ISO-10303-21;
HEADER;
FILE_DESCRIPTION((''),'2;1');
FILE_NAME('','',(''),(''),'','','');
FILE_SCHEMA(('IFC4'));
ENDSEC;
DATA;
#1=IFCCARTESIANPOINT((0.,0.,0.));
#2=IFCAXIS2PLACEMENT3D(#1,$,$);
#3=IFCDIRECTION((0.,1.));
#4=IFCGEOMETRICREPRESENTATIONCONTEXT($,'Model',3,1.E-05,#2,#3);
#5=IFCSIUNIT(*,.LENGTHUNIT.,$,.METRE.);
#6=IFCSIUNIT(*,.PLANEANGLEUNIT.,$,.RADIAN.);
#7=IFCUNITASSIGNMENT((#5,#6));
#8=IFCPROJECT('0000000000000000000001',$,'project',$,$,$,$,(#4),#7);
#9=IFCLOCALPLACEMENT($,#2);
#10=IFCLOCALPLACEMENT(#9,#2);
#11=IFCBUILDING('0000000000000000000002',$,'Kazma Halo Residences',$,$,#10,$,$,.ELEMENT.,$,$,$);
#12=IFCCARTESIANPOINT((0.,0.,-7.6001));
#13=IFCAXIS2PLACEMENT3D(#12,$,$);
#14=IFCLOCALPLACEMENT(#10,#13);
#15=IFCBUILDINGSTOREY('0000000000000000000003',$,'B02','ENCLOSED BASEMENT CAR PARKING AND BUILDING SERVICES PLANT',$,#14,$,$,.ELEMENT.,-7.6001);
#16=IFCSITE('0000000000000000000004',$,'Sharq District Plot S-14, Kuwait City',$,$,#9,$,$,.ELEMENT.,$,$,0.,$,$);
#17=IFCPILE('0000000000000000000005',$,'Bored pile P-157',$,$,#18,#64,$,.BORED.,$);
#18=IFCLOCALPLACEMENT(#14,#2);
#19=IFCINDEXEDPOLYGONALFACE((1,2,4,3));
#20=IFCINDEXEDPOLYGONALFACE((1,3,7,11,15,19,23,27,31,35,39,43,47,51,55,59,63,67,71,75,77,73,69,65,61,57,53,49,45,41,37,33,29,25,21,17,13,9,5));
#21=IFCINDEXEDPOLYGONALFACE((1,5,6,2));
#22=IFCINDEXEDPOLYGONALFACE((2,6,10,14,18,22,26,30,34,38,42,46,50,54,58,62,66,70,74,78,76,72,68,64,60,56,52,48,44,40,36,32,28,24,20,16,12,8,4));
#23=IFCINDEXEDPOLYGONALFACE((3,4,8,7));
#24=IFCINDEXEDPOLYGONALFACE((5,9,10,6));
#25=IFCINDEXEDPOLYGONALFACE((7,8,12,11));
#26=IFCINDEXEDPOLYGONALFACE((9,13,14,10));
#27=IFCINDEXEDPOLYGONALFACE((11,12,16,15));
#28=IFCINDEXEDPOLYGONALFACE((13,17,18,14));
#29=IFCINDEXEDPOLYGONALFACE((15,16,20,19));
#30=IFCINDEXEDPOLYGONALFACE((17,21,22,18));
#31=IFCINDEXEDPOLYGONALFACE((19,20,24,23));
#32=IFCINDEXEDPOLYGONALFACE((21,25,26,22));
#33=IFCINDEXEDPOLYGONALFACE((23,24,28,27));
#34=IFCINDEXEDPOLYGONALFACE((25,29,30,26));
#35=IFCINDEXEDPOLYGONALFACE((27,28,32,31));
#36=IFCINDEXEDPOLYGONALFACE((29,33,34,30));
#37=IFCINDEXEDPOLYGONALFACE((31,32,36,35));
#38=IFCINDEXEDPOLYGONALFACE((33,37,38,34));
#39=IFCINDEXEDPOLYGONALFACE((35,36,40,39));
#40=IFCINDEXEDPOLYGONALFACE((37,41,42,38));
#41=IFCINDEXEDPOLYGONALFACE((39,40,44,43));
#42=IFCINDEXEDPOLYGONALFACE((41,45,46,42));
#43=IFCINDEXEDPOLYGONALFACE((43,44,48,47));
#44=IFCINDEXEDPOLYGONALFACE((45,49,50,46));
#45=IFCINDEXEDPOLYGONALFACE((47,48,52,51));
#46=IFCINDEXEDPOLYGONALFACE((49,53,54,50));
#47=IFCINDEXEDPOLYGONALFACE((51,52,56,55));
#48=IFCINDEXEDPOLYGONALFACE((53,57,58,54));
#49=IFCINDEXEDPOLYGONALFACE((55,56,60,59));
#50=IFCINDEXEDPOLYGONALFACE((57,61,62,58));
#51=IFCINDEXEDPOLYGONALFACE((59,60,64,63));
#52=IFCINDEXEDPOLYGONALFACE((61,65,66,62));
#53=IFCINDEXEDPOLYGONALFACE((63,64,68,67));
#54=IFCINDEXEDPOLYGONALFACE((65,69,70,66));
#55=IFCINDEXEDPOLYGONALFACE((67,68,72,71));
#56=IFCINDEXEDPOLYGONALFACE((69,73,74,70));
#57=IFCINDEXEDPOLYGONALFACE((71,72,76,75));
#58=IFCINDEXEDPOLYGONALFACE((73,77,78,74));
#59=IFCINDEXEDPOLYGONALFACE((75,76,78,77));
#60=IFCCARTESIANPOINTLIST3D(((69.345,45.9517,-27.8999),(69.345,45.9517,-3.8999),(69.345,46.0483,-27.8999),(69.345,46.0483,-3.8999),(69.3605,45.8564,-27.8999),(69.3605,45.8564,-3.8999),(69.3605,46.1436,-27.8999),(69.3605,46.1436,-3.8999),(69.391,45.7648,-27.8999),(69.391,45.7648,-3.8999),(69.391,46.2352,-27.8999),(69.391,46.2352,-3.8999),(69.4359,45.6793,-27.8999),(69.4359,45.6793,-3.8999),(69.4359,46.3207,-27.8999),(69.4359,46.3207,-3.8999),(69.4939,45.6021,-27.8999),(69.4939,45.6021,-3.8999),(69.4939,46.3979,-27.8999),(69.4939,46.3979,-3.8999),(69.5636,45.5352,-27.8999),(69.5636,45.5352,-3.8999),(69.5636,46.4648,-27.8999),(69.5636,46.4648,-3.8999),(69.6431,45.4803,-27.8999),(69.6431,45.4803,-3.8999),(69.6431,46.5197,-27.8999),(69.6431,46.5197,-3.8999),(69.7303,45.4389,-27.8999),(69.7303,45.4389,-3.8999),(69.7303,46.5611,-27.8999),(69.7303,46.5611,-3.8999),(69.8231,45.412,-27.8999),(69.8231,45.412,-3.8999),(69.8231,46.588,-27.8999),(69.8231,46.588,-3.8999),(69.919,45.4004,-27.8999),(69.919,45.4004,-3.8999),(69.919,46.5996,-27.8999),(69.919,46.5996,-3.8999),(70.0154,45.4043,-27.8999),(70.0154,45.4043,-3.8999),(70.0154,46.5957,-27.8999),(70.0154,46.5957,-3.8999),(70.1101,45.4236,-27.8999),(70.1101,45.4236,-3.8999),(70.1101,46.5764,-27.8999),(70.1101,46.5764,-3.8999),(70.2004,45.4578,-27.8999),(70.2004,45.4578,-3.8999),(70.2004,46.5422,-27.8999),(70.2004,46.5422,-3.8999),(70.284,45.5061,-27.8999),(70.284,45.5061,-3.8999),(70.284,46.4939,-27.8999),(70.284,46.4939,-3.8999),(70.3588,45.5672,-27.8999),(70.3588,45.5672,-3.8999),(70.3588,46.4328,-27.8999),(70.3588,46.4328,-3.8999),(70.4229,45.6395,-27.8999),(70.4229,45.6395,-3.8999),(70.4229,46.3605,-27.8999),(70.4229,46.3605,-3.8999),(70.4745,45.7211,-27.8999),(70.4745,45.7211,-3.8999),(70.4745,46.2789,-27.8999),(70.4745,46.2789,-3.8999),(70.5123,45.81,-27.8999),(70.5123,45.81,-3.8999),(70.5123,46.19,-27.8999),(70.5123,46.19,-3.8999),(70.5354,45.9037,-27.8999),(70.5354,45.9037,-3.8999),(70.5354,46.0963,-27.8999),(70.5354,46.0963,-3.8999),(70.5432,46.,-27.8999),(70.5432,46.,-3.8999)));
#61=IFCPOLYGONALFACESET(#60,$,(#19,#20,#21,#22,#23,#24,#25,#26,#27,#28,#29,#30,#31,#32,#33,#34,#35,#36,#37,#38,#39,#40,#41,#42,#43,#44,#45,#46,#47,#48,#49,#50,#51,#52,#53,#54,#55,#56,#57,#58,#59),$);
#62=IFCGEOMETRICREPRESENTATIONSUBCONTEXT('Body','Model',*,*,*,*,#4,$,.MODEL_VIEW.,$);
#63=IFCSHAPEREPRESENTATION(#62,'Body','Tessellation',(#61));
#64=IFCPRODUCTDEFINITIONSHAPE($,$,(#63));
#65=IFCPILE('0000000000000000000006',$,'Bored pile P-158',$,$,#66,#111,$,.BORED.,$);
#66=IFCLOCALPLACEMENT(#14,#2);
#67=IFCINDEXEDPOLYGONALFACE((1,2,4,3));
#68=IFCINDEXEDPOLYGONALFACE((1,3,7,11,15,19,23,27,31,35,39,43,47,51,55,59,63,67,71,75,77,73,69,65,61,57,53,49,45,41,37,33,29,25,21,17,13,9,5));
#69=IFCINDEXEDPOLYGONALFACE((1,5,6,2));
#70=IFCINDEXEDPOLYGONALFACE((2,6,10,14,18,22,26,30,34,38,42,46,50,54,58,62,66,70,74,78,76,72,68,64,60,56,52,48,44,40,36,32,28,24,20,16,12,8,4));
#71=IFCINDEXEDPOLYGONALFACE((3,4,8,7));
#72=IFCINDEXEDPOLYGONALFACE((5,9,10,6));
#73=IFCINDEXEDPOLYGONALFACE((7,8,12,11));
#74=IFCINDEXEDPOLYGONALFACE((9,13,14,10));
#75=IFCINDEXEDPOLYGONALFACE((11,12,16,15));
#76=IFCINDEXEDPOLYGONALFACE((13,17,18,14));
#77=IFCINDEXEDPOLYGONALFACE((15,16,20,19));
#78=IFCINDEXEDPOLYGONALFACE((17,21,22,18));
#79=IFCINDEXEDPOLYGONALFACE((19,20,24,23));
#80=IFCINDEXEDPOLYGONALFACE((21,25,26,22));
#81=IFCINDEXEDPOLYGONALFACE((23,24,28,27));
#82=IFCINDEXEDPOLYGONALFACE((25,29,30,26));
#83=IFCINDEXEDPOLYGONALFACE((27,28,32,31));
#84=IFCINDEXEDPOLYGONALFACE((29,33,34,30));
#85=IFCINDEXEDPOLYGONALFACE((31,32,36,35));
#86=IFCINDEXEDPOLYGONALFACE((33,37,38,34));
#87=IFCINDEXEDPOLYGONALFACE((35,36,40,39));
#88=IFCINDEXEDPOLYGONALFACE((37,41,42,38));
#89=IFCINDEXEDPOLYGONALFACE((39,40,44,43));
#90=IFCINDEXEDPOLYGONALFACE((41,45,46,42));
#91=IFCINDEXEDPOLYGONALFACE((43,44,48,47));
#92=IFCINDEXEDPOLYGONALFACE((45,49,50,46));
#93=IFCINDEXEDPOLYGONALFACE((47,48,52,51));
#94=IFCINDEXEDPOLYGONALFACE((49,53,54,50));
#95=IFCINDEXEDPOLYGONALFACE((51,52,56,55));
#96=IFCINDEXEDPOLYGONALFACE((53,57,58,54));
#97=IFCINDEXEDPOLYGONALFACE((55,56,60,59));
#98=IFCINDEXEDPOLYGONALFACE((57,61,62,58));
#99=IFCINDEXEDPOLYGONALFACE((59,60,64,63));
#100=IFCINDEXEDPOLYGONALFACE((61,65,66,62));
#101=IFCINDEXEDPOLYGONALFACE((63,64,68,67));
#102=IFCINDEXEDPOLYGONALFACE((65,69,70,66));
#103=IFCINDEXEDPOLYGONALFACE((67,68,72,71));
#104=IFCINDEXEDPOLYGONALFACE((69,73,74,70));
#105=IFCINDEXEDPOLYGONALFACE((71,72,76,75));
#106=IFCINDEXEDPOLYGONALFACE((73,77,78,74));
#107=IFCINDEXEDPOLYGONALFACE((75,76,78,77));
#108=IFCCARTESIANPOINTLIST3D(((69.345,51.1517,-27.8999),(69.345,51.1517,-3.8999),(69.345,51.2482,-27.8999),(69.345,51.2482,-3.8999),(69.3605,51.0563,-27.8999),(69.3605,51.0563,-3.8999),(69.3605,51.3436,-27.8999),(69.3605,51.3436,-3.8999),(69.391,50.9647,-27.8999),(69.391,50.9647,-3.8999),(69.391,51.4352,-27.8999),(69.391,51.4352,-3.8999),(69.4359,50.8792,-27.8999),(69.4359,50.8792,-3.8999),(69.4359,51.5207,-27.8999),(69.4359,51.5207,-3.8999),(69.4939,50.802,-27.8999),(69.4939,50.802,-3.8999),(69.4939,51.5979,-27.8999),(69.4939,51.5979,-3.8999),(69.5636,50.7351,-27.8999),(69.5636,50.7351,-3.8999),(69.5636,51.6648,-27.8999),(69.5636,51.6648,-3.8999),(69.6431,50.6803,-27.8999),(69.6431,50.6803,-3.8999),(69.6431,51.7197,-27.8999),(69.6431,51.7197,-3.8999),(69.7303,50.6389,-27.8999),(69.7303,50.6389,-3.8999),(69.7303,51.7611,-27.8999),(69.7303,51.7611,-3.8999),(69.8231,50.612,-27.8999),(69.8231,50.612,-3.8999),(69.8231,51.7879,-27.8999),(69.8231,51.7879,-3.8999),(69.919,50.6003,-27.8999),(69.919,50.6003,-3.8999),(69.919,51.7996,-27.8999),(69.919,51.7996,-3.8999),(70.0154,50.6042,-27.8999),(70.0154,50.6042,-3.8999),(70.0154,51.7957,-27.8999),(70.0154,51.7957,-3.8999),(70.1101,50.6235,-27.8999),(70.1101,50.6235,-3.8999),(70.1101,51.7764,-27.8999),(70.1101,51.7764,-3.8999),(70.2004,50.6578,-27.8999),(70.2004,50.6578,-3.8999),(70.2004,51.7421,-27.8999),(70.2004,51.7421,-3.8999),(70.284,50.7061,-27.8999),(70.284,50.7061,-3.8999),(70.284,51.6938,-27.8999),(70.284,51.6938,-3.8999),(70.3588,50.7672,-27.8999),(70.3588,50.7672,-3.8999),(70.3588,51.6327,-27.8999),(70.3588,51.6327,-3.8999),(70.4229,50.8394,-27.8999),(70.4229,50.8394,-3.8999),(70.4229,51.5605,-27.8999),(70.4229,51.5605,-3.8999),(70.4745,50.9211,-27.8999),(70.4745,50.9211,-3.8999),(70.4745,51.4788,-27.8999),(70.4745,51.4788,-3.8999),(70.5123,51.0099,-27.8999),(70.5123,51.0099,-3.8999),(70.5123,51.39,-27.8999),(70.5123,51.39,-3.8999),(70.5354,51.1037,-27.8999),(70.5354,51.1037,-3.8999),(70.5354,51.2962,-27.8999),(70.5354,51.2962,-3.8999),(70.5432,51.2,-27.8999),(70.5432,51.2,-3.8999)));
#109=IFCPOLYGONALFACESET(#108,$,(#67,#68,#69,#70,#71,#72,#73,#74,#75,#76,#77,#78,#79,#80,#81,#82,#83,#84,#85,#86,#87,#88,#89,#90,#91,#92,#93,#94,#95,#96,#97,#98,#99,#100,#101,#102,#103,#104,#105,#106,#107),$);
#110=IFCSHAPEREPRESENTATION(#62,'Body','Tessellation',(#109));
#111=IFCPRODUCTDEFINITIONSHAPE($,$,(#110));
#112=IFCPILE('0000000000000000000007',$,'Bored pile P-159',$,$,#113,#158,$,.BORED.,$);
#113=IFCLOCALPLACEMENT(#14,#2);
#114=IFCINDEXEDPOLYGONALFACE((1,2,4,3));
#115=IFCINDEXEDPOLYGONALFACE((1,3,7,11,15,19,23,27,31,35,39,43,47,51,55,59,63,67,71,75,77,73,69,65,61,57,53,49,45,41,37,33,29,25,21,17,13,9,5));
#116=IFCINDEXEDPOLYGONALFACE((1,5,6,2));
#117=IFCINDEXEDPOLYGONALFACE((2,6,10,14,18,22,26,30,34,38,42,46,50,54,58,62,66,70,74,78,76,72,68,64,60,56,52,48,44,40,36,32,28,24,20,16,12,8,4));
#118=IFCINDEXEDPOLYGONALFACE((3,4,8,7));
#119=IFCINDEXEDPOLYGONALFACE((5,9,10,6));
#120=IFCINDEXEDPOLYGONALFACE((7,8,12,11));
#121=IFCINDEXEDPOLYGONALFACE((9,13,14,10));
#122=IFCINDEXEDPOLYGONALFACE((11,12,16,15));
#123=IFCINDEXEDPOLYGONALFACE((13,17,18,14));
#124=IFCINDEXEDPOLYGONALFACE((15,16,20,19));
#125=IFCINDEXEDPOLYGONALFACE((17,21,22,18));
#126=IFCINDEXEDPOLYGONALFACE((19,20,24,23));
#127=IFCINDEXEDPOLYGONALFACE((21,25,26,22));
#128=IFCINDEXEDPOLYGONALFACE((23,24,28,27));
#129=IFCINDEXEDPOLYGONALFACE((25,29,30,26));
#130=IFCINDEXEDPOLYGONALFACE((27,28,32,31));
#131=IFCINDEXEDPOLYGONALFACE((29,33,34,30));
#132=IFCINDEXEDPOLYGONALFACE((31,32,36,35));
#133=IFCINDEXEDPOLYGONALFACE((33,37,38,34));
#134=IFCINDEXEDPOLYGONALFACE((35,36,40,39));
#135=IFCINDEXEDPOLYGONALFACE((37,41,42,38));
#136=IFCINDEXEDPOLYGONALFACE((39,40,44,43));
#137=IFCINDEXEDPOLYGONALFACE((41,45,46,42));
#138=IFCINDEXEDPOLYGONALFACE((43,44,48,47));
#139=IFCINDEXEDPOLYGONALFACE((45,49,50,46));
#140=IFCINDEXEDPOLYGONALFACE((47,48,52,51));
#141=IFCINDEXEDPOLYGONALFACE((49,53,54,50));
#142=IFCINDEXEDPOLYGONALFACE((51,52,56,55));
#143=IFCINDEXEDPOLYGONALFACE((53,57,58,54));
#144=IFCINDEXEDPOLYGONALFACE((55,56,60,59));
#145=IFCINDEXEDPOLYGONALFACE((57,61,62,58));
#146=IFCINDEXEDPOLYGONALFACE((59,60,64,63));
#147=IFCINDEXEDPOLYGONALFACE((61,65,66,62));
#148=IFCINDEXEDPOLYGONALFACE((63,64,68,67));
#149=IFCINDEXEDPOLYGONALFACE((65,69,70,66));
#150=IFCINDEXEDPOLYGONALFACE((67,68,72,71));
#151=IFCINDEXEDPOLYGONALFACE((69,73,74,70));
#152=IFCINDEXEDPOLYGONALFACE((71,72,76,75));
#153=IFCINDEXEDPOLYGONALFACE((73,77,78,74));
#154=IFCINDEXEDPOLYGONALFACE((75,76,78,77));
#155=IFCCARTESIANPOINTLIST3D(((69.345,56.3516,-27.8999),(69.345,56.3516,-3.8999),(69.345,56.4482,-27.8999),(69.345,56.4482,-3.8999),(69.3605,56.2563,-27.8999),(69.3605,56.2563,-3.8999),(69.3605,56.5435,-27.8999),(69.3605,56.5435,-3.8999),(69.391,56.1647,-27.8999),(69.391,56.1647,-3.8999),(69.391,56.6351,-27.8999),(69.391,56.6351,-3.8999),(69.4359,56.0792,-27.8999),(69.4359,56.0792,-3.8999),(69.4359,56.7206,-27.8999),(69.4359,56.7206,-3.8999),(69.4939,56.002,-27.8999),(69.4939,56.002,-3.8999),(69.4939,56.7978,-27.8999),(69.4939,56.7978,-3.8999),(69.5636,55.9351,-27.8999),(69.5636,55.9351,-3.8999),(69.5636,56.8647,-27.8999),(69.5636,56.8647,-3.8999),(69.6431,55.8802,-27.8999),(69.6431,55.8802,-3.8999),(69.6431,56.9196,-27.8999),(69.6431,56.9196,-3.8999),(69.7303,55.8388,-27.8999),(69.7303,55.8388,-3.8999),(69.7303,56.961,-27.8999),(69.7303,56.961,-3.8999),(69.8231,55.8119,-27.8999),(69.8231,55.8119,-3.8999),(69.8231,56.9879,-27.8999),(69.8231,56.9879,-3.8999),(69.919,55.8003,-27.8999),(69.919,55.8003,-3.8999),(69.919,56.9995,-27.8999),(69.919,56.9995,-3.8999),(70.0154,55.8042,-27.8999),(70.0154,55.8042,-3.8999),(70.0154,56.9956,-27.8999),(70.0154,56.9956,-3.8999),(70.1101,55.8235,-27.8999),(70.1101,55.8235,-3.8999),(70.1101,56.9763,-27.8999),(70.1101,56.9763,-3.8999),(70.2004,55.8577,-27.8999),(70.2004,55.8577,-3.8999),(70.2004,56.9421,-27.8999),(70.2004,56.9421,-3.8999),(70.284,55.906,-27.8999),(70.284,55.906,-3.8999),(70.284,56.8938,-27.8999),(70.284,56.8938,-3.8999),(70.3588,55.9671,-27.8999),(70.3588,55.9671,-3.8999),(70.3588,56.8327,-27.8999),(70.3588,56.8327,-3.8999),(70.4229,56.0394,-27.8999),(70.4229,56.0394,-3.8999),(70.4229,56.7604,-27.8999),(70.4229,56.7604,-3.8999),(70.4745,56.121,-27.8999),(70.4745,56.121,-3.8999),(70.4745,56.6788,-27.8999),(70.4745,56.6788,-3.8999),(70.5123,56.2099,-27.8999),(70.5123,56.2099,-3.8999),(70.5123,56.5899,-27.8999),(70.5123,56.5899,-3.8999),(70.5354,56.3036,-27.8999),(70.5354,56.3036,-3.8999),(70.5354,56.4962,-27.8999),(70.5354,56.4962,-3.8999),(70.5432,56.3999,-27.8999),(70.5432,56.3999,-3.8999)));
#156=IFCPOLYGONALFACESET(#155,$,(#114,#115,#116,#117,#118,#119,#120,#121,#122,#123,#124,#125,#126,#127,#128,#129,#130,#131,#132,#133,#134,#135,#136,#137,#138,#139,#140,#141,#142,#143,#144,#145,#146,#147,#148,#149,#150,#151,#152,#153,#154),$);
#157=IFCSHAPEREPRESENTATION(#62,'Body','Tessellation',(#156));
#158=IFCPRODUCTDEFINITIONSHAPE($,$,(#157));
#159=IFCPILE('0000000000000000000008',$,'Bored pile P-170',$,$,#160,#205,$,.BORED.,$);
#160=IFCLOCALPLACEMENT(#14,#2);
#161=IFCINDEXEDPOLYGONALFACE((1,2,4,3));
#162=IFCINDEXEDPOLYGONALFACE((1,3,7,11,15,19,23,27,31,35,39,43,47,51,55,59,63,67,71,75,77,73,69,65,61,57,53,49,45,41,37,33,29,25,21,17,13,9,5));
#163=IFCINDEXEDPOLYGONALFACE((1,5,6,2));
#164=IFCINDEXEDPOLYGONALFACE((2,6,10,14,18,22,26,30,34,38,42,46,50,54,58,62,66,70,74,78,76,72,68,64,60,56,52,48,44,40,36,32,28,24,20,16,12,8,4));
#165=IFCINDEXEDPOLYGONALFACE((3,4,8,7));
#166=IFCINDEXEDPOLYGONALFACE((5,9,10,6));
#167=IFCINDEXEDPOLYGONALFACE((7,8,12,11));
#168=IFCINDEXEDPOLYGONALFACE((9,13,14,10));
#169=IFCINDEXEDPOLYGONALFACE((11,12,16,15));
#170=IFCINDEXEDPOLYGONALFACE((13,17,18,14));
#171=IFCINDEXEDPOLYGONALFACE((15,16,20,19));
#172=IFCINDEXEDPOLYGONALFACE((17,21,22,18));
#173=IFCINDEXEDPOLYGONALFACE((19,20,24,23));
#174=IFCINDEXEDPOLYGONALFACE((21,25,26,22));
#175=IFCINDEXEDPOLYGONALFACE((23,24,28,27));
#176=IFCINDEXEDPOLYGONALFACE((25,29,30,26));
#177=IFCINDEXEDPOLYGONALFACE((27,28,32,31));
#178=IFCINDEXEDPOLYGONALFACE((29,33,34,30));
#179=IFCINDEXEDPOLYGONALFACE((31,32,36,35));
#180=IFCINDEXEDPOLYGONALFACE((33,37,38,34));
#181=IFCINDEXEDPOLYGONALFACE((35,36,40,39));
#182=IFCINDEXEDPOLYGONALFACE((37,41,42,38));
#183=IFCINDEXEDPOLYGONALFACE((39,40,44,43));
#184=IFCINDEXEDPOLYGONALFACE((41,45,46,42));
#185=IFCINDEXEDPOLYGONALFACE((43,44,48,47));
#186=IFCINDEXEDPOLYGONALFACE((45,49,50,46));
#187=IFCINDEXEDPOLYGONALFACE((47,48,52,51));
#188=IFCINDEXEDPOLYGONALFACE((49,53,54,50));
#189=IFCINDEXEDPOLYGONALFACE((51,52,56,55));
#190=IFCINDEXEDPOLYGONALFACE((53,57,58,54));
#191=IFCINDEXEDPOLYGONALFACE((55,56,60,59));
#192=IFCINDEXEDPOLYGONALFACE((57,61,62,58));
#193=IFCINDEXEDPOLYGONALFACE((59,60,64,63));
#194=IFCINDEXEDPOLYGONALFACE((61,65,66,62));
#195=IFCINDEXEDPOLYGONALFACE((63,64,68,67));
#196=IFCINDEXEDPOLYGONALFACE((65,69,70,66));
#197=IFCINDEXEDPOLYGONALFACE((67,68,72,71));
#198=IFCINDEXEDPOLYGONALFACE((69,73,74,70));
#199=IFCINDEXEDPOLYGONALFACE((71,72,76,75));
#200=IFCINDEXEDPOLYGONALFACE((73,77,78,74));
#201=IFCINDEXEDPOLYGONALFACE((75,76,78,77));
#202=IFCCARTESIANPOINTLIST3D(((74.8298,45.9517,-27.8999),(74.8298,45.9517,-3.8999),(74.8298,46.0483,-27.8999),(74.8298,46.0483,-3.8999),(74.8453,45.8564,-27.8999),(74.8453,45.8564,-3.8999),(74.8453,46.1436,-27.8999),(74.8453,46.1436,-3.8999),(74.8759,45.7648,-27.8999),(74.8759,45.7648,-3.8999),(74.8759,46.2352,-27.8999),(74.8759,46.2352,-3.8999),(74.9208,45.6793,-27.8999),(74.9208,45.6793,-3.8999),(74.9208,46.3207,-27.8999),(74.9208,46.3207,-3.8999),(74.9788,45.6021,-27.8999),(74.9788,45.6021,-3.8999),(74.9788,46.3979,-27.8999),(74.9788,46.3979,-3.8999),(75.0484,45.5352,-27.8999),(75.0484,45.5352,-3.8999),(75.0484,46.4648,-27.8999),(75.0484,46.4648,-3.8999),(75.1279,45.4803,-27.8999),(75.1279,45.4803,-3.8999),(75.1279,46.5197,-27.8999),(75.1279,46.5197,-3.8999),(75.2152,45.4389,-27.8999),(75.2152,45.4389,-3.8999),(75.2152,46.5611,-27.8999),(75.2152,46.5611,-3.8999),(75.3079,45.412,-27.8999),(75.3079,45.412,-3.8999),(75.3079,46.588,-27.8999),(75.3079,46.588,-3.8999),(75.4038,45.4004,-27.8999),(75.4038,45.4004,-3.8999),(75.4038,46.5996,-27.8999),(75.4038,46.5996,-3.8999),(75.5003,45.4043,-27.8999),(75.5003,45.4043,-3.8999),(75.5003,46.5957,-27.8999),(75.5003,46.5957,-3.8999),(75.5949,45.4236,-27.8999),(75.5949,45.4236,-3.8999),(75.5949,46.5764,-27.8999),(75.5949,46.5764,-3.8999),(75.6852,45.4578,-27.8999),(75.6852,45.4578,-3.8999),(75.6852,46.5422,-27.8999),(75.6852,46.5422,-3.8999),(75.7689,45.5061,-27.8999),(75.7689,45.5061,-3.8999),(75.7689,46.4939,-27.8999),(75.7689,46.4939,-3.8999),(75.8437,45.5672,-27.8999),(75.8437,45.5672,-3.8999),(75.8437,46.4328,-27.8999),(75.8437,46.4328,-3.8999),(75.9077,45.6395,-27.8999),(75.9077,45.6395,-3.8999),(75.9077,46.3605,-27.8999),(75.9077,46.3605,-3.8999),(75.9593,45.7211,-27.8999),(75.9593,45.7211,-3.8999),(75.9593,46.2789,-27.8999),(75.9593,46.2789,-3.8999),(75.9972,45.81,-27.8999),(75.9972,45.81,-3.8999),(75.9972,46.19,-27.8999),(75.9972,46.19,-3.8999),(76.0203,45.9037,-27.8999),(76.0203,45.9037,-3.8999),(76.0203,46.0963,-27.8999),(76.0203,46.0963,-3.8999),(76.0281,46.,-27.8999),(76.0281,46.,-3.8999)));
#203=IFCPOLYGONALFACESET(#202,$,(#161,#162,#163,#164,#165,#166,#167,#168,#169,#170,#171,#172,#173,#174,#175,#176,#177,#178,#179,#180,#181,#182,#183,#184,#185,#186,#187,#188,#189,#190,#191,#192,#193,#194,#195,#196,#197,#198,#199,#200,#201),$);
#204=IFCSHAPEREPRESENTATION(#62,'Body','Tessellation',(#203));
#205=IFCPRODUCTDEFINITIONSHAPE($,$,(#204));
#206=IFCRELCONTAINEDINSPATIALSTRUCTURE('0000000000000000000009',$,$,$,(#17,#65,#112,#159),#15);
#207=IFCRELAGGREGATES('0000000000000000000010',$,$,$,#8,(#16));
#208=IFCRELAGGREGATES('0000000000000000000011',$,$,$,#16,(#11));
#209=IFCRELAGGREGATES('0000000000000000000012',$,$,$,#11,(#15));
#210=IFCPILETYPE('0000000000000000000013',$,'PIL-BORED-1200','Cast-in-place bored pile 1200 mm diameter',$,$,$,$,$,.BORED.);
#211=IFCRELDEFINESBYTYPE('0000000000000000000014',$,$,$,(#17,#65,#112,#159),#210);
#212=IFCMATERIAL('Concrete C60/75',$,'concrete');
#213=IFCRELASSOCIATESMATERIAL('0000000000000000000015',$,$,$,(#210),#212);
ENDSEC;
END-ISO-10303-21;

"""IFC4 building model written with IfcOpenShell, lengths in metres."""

from ifc_helpers import new_model, si_unit, direction, frame, origin, origin_2d, place, context, subcontext, project, spatial, circle, extrude, material, material_profile, profile_set, type_object, element, save


model = new_model("IFC4")

# Units and contexts
model_context = context("Model", 3, precision=1e-05, world=origin(), true_north=direction((0.0, 1.0)))
body_context = subcontext(model_context, "Body", "Model", "MODEL_VIEW")
ifc_project = project(units=[si_unit("LENGTHUNIT", "METRE"), si_unit("PLANEANGLEUNIT", "RADIAN")], contexts=[model_context])

# Site, building, storey
site_placement = place(None, origin())
site = spatial("IfcSite", under=ifc_project, at=site_placement, Name="Sharq District Plot S-14, Kuwait City", CompositionType="ELEMENT", RefElevation=0.0)
building_placement = place(site_placement, origin())
building = spatial("IfcBuilding", under=site, at=building_placement, Name="Kazma Halo Residences", CompositionType="ELEMENT")
storey_placement = place(building_placement, frame((0.0, 0.0, -7.6001)))
storey = spatial("IfcBuildingStorey", under=building, at=storey_placement, Name="B02", Description="ENCLOSED BASEMENT CAR PARKING AND BUILDING SERVICES PLANT", CompositionType="ELEMENT", Elevation=-7.6001)

# Piles
ifc_material_1 = material(Name="Concrete C60/75", Category="concrete")
ifc_material_profile_1 = material_profile(ifc_material_1, circle(Radius=0.6001, at=origin_2d()), Name="CIRC1200")
ifc_profile_set_1 = profile_set([ifc_material_profile_1], Name="Concrete C60/75")
pile_type = type_object("IfcPileType", Name="PIL-BORED-1200", Description="Cast-in-place bored pile 1200 mm diameter", PredefinedType="BORED", material=ifc_profile_set_1)
for number, where, z_axis, x_axis, name in (
    (1, (69.9431, 46.0, -3.8999), (0.0, 0.0, -1.0), (1.0, 0.0, 0.0), "Bored pile P-157"),
    (2, (69.9431, 51.2, -3.8999), (0.0, 0.0, -1.0), (1.0, 0.0, 0.0), "Bored pile P-158"),
    (3, (69.9431, 56.3999, -3.8999), (0.0, 0.0, -1.0), (1.0, 0.0, 0.0), "Bored pile P-159"),
    (4, (75.428, 46.0, -3.8999), (0.0, 0.0, -1.0), (1.0, 0.0, 0.0), "Bored pile P-170"),
):
    element("IfcPile", number, at=place(storey_placement, frame(where, z_axis=z_axis, x_axis=x_axis)), inside=storey, type_object=pile_type, Name=name, PredefinedType="BORED", context=body_context, shape_type="SweptSolid", body=[
        extrude(circle(Radius=0.6001, at=origin_2d()), origin(), (0.0, 0.0, 1.0), 24.0),
    ])

save(model, "model.ifc")
